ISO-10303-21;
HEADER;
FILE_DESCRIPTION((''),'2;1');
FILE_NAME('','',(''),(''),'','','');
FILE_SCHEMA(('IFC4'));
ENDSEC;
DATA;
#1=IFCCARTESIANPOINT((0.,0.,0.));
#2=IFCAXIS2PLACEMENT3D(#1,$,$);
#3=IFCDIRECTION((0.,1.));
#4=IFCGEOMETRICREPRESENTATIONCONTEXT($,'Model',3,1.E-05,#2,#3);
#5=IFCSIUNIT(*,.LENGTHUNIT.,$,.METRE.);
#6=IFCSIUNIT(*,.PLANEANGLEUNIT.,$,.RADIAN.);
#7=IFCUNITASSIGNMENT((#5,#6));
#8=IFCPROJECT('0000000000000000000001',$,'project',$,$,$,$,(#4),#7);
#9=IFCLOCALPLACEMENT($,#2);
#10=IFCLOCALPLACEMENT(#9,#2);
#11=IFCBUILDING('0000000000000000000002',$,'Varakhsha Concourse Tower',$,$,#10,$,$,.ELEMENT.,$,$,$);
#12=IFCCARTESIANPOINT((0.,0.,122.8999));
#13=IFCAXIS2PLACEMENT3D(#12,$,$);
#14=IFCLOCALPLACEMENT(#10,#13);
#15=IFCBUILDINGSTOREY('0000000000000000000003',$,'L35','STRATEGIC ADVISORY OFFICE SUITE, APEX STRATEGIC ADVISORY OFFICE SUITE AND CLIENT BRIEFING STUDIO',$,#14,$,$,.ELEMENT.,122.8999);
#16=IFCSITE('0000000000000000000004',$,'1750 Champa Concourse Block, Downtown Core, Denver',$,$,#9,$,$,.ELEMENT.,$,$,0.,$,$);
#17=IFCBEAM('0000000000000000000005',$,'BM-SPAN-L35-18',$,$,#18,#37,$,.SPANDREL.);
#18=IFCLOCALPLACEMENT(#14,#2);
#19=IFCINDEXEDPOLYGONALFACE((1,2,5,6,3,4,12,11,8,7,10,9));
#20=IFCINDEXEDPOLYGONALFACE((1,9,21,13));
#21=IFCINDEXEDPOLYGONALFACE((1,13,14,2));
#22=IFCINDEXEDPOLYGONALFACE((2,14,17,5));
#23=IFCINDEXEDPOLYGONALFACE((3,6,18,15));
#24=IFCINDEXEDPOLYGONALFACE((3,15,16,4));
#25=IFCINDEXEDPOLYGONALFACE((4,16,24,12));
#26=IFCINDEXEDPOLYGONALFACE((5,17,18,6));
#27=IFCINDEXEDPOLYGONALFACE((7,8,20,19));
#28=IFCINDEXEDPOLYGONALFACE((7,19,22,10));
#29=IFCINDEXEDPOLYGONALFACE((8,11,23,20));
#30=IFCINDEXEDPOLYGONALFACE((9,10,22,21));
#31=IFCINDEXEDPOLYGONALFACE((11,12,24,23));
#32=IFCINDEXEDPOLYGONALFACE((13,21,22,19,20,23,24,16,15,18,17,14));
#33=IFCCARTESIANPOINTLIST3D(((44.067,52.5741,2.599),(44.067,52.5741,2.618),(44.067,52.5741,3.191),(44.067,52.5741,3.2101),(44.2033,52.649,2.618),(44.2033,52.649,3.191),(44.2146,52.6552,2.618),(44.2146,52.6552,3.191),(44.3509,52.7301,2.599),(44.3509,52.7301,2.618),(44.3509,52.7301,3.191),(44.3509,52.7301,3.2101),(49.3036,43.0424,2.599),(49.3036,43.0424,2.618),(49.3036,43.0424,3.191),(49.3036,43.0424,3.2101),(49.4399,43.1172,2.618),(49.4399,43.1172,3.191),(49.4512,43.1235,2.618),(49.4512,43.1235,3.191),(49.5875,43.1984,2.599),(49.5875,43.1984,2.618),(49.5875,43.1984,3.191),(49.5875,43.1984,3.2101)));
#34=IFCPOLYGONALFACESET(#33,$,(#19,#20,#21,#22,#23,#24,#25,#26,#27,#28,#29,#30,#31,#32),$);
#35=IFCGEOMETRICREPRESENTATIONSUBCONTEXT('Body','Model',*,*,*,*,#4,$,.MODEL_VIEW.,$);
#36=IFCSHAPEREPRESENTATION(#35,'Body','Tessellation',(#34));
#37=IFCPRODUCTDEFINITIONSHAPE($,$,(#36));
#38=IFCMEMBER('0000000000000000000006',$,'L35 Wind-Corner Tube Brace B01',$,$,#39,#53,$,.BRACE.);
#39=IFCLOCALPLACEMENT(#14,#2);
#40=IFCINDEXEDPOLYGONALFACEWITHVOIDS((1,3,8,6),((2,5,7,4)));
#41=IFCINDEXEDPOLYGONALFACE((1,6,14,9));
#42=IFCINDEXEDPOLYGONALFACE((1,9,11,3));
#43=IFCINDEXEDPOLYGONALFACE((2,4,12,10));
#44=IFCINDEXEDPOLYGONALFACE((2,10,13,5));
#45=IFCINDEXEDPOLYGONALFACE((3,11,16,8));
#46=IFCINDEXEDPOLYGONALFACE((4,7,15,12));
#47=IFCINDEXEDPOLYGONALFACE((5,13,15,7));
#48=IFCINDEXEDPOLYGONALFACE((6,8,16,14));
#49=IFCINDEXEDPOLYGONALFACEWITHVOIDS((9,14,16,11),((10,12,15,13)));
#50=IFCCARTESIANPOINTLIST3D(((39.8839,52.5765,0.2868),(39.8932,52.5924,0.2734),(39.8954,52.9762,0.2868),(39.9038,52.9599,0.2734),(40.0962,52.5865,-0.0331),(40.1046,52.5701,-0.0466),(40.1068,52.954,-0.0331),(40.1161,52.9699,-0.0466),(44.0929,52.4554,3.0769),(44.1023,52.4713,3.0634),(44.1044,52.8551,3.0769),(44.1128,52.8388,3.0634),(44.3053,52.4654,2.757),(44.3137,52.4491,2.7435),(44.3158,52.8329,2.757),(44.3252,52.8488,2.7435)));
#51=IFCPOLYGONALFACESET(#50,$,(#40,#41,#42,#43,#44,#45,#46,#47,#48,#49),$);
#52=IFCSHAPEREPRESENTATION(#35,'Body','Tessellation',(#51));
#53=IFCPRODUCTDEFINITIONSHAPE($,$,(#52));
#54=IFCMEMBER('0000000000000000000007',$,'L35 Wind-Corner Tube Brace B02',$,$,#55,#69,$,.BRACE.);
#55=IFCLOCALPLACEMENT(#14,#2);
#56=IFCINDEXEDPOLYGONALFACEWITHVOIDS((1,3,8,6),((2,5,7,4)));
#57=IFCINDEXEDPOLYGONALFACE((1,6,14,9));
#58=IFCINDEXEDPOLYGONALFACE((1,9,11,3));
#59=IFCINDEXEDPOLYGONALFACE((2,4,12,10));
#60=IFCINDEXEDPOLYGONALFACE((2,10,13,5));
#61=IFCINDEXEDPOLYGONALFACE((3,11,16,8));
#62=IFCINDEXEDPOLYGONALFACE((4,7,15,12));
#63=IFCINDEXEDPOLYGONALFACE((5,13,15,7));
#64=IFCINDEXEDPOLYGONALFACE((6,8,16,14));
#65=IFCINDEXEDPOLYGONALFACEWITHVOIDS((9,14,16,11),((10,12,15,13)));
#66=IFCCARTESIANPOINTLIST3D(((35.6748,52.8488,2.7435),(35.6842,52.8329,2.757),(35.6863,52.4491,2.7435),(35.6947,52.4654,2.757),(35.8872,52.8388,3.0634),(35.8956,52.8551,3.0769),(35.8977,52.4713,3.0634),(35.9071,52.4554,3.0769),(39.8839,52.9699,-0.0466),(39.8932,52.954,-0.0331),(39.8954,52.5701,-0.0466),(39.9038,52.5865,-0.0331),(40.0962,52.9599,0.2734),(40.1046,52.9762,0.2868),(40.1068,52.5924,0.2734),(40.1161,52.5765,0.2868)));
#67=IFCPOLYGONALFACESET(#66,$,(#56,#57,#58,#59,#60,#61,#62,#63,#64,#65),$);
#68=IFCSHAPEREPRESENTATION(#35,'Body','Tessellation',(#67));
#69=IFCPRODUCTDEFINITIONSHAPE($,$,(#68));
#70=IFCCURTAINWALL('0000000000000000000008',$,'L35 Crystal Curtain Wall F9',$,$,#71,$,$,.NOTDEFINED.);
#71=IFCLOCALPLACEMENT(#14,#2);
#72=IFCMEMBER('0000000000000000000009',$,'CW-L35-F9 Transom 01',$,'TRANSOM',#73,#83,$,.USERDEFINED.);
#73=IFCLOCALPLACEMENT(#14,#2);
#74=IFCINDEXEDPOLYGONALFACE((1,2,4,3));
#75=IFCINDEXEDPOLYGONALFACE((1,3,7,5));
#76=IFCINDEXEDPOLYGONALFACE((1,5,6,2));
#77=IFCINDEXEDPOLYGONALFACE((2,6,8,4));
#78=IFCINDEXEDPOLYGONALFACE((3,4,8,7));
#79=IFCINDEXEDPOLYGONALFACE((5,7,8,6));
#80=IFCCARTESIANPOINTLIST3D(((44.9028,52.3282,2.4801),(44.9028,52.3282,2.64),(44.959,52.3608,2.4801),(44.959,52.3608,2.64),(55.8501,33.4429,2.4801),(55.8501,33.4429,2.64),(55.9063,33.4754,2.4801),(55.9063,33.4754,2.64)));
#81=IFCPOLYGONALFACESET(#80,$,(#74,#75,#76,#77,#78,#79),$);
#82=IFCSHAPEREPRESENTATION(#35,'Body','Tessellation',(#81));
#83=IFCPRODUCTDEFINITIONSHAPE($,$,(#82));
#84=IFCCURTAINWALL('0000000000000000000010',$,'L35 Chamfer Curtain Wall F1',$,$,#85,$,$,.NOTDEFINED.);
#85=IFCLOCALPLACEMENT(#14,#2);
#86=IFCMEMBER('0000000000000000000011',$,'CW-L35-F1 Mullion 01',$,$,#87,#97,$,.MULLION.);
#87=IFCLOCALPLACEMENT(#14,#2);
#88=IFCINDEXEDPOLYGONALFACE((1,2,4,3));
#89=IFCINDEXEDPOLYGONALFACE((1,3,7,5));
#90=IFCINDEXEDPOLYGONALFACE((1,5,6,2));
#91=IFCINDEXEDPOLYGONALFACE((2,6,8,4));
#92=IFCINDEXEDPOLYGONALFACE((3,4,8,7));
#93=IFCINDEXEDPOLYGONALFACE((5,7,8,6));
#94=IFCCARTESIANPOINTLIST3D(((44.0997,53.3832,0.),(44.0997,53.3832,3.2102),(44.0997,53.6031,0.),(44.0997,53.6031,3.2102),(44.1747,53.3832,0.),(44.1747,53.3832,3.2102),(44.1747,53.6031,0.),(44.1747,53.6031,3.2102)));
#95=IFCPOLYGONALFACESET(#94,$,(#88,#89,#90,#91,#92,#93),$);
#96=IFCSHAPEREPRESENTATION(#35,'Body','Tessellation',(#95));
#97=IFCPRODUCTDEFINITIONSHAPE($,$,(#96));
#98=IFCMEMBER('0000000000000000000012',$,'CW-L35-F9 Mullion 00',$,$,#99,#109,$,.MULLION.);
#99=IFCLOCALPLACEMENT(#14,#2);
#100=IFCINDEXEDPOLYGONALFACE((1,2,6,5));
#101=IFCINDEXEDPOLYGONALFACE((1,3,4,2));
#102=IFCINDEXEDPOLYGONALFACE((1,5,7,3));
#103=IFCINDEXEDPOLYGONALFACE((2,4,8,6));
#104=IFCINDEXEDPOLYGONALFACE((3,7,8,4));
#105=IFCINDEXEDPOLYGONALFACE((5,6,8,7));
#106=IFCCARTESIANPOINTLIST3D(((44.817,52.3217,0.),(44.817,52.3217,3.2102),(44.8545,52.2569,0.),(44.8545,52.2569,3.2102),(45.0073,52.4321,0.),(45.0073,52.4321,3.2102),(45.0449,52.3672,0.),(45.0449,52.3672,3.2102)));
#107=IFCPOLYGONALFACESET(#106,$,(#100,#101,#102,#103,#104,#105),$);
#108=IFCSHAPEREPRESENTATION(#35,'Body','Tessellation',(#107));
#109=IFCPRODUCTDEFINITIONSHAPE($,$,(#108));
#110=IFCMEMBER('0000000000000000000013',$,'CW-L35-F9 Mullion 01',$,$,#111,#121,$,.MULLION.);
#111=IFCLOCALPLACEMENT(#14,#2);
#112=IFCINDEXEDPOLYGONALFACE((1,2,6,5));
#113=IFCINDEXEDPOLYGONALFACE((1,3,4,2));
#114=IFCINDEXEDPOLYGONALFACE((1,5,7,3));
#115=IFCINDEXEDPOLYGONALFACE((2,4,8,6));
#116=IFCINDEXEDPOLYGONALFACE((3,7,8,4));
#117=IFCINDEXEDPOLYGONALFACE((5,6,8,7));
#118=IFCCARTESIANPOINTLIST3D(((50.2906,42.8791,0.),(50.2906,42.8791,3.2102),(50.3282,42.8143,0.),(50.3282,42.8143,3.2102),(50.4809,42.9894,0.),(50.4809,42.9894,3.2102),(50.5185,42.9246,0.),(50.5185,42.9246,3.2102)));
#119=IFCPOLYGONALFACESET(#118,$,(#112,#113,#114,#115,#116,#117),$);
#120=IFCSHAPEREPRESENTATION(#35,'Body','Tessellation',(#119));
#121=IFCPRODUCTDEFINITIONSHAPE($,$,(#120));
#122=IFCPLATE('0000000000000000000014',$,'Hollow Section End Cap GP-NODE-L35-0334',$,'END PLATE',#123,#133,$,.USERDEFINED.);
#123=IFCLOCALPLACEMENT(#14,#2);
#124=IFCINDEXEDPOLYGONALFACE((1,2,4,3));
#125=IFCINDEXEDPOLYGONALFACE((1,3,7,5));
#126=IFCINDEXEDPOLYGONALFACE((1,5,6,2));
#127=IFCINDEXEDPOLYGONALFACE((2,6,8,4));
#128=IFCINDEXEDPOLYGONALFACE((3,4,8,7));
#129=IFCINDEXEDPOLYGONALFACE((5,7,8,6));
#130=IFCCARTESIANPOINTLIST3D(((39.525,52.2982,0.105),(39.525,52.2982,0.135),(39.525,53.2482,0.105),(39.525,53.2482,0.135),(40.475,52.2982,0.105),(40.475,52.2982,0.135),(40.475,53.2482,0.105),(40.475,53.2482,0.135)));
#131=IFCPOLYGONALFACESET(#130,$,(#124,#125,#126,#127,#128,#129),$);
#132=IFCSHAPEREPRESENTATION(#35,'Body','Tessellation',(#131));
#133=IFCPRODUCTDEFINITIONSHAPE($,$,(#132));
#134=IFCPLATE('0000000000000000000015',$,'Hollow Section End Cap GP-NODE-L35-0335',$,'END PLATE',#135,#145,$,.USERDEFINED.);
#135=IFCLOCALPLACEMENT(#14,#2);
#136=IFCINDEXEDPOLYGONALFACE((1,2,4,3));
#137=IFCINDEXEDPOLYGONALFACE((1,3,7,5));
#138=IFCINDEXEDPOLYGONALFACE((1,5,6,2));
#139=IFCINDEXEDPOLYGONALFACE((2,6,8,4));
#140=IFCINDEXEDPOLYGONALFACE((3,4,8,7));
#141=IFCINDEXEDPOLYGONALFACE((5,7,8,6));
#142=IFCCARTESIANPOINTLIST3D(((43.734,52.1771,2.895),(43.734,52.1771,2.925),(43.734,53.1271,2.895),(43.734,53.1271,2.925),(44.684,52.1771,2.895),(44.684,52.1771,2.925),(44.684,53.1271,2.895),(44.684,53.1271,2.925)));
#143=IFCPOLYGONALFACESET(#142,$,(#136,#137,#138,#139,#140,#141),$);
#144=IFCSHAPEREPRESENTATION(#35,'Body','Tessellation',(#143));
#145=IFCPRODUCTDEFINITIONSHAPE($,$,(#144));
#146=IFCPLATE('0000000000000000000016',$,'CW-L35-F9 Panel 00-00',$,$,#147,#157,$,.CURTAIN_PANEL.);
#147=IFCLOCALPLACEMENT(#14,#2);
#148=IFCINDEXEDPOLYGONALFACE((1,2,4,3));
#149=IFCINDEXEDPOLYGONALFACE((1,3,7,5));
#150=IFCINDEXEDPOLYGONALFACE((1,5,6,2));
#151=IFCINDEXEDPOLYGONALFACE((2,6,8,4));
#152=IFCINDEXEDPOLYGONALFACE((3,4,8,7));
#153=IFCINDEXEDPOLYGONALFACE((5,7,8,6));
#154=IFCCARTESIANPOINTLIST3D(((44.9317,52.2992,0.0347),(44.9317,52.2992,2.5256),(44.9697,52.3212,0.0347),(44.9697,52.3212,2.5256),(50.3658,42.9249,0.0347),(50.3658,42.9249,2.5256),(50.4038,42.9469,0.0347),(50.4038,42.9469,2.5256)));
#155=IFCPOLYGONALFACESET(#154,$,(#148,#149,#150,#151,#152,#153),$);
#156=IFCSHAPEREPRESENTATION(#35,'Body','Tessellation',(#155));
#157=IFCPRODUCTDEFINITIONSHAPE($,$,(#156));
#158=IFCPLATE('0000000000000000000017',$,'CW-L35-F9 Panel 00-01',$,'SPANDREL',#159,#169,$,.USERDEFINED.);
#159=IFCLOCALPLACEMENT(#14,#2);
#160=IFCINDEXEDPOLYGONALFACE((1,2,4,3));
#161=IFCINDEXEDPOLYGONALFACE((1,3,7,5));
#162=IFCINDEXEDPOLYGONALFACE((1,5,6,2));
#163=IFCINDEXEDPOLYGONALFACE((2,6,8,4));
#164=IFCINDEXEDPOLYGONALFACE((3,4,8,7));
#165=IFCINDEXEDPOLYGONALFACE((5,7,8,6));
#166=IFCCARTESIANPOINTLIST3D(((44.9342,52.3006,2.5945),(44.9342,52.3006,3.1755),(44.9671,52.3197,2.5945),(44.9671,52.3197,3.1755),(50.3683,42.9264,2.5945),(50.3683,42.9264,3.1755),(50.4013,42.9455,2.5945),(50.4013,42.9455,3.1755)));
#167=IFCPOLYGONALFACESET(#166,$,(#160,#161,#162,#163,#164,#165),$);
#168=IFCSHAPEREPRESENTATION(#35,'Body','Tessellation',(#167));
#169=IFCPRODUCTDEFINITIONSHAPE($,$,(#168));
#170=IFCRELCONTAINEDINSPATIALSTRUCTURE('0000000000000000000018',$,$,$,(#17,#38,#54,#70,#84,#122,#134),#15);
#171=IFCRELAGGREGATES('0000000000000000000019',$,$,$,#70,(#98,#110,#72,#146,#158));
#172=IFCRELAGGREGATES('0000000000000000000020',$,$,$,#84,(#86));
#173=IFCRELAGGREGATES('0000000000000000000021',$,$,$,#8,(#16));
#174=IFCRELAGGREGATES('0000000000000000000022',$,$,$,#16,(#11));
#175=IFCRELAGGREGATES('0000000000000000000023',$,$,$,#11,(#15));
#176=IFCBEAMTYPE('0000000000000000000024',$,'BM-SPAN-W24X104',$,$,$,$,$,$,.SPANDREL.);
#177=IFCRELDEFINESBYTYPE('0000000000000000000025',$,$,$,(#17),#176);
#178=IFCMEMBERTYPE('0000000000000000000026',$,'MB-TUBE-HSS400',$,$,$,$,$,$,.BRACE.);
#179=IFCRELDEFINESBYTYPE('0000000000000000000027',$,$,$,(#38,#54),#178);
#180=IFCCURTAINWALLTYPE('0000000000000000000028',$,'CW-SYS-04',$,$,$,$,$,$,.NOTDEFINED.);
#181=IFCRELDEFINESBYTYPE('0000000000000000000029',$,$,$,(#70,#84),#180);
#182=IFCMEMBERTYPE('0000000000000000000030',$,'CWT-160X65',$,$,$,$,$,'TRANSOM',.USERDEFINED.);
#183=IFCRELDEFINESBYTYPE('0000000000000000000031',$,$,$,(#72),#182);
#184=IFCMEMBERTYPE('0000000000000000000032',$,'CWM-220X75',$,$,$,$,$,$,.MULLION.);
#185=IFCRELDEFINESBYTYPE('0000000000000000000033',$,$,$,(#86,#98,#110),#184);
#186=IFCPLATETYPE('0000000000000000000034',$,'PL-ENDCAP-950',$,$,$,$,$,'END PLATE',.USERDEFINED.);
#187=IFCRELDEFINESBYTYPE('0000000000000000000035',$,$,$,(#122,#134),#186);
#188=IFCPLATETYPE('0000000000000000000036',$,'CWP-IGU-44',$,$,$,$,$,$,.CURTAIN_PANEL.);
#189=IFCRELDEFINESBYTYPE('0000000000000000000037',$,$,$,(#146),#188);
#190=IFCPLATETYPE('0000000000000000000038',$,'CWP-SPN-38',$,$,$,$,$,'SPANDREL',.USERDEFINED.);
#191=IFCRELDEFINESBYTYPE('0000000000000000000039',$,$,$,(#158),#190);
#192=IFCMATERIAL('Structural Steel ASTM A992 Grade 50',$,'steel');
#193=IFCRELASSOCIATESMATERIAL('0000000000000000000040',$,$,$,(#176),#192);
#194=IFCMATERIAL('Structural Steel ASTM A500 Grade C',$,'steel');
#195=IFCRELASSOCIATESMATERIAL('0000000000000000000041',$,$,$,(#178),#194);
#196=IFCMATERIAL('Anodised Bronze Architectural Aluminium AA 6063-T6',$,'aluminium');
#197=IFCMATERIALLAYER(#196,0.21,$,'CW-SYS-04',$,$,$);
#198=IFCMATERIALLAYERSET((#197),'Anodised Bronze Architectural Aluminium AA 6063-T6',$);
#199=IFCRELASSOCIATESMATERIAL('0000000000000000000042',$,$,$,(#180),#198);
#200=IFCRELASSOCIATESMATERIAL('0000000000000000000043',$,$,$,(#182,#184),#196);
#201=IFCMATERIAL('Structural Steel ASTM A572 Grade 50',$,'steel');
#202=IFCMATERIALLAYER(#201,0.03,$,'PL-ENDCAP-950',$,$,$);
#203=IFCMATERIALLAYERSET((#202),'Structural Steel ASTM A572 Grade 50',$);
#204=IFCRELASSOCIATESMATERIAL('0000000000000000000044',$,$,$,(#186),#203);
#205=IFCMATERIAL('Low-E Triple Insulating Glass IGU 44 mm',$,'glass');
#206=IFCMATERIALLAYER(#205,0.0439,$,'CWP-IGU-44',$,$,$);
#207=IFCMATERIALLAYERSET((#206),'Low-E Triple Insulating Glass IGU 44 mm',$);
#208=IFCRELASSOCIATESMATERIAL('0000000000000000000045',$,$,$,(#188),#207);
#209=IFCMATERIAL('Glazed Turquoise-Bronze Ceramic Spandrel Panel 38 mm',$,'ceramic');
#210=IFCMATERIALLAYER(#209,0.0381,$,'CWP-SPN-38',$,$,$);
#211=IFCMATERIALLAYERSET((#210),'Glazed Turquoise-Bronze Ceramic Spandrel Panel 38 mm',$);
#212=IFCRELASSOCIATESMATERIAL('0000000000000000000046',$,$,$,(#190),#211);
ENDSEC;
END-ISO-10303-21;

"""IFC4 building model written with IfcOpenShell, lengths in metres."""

from ifc_helpers import new_model, si_unit, direction, frame, origin, origin_2d, place, context, subcontext, project, spatial, rectangle, hollow_rectangle, i_section, extrude, source, transform, mapped, material, layer, layer_set, material_profile, profile_set, type_object, type_shapes, element, aggregate, save


model = new_model("IFC4")

# Units and contexts
model_context = context("Model", 3, precision=1e-05, world=origin(), true_north=direction((0.0, 1.0)))
body_context = subcontext(model_context, "Body", "Model", "MODEL_VIEW")
ifc_project = project(units=[si_unit("LENGTHUNIT", "METRE"), si_unit("PLANEANGLEUNIT", "RADIAN")], contexts=[model_context])

# Site, building, storey
site_placement = place(None, origin())
site = spatial("IfcSite", under=ifc_project, at=site_placement, Name="1750 Champa Concourse Block, Downtown Core, Denver", CompositionType="ELEMENT", RefElevation=0.0)
building_placement = place(site_placement, origin())
building = spatial("IfcBuilding", under=site, at=building_placement, Name="Varakhsha Concourse Tower", CompositionType="ELEMENT")
storey_placement = place(building_placement, frame((0.0, 0.0, 122.8999)))
storey = spatial("IfcBuildingStorey", under=building, at=storey_placement, Name="L35", Description="STRATEGIC ADVISORY OFFICE SUITE, APEX STRATEGIC ADVISORY OFFICE SUITE AND CLIENT BRIEFING STUDIO", CompositionType="ELEMENT", Elevation=122.8999)

# Shared definitions
ifc_material_1 = material(Name="Structural Steel ASTM A992 Grade 50", Category="steel")
ifc_material_2 = material(Name="Structural Steel ASTM A572 Grade 50", Category="steel")

# Beam
ifc_material_profile_1 = material_profile(ifc_material_1, i_section(OverallWidth=0.324, OverallDepth=0.6111, WebThickness=0.0129, FlangeThickness=0.019, at=origin_2d()), Name="W24X104")
ifc_profile_set_1 = profile_set([ifc_material_profile_1], Name="Structural Steel ASTM A992 Grade 50")
beam_type_1 = type_object("IfcBeamType", Name="BM-SPAN-W24X104", PredefinedType="SPANDREL", material=ifc_profile_set_1)
beam_1_placement = place(storey_placement, frame((49.4456, 43.1204, 2.9045), z_axis=(-0.481503, 0.876444, 0.0), x_axis=(-0.876444, -0.481503, 0.0)))
element("IfcBeam", 1, at=beam_1_placement, inside=storey, type_object=beam_type_1, Name="BM-SPAN-L35-18", PredefinedType="SPANDREL", context=body_context, shape_type="SweptSolid", body=[
    extrude(i_section(OverallWidth=0.324, OverallDepth=0.6111, WebThickness=0.0129, FlangeThickness=0.019, at=origin_2d()), origin(), (0.0, 0.0, 1.0), 10.8755),
])

# Members
ifc_material_3 = material(Name="Structural Steel ASTM A500 Grade C", Category="steel")
ifc_material_profile_2 = material_profile(ifc_material_3, hollow_rectangle(XDim=0.3999, YDim=0.3999, WallThickness=0.0161, at=origin_2d()), Name="HSS 400x400x16")
ifc_profile_set_2 = profile_set([ifc_material_profile_2], Name="Structural Steel ASTM A500 Grade C")
member_type_1 = type_object("IfcMemberType", Name="MB-TUBE-HSS400", PredefinedType="BRACE", material=ifc_profile_set_2)
shared_shape_1 = source(origin(), body_context, "Body", "SweptSolid", [
    extrude(hollow_rectangle(XDim=0.3999, YDim=0.3999, WallThickness=0.0161, at=origin_2d()), origin(), (0.0, 0.0, 1.0), 5.0513),
])
type_shapes(member_type_1, [shared_shape_1])
for number, where, z_axis, x_axis, name in (
    (2, (40.0, 52.7732, 0.1201), (0.833266, -0.023973, 0.552353), (0.028758, 0.999586, 0.0), "L35 Wind-Corner Tube Brace B01"),
    (3, (40.0, 52.7732, 0.1201), (-0.833266, -0.023973, 0.552353), (0.028758, -0.999586, 0.0), "L35 Wind-Corner Tube Brace B02"),
):
    element("IfcMember", number, at=place(storey_placement, frame(where, z_axis=z_axis, x_axis=x_axis)), inside=storey, type_object=member_type_1, Name=name, PredefinedType="BRACE", context=body_context, shape_type="MappedRepresentation", body=[
        mapped(shared_shape_1, transform((0.0, 0.0, 0.0), scale=1.0)),
    ])

# Curtain walls, members
ifc_material_4 = material(Name="Anodised Bronze Architectural Aluminium AA 6063-T6", Category="aluminium")
ifc_layer_1 = layer(ifc_material_4, 0.21, Name="CW-SYS-04")
ifc_layer_set_1 = layer_set([ifc_layer_1], Name="Anodised Bronze Architectural Aluminium AA 6063-T6")
curtain_wall_type = type_object("IfcCurtainWallType", Name="CW-SYS-04", PredefinedType="NOTDEFINED", material=ifc_layer_set_1)
curtain_wall_1_placement = place(storey_placement, origin())
curtain_wall_1 = element("IfcCurtainWall", 4, at=curtain_wall_1_placement, inside=storey, type_object=curtain_wall_type, Name="L35 Crystal Curtain Wall F9", PredefinedType="NOTDEFINED")
ifc_material_profile_3 = material_profile(ifc_material_4, rectangle(XDim=0.0649, YDim=0.1599, at=origin_2d()), Name="CWT-160X65")
ifc_profile_set_3 = profile_set([ifc_material_profile_3], Name="Anodised Bronze Architectural Aluminium AA 6063-T6")
member_type_2 = type_object("IfcMemberType", Name="CWT-160X65", ElementType="TRANSOM", PredefinedType="USERDEFINED", material=ifc_profile_set_3)
shared_shape_2 = source(origin(), body_context, "Body", "SweptSolid", [
    extrude(rectangle(XDim=0.0649, YDim=0.1599, at=origin_2d()), origin(), (0.0, 0.0, 1.0), 21.8289),
])
type_shapes(member_type_2, [shared_shape_2])
member_1_placement = place(storey_placement, frame((44.9309, 52.3445, 2.5601), z_axis=(0.501506, -0.865154, 0.0), x_axis=(0.865154, 0.501506, 0.0)))
member_1 = element("IfcMember", 5, at=member_1_placement, type_object=member_type_2, Name="CW-L35-F9 Transom 01", ObjectType="TRANSOM", PredefinedType="USERDEFINED", context=body_context, shape_type="MappedRepresentation", body=[
    mapped(shared_shape_2, transform((0.0, 0.0, 0.0), scale=1.0)),
])
curtain_wall_2_placement = place(storey_placement, origin())
curtain_wall_2 = element("IfcCurtainWall", 6, at=curtain_wall_2_placement, inside=storey, type_object=curtain_wall_type, Name="L35 Chamfer Curtain Wall F1", PredefinedType="NOTDEFINED")
ifc_material_profile_4 = material_profile(ifc_material_4, rectangle(XDim=0.075, YDim=0.22, at=origin_2d()), Name="CWM-220X75")
ifc_profile_set_4 = profile_set([ifc_material_profile_4], Name="Anodised Bronze Architectural Aluminium AA 6063-T6")
member_type_3 = type_object("IfcMemberType", Name="CWM-220X75", PredefinedType="MULLION", material=ifc_profile_set_4)
shared_shape_3 = source(origin(), body_context, "Body", "SweptSolid", [
    extrude(rectangle(XDim=0.075, YDim=0.22, at=origin_2d()), origin(), (0.0, 0.0, 1.0), 3.2102),
])
type_shapes(member_type_3, [shared_shape_3])
member_2_placement = place(storey_placement, frame((44.1372, 53.4932, 0.0), z_axis=(0.0, 0.0, 1.0), x_axis=(1.0, 0.0, 0.0)))
member_2 = element("IfcMember", 7, at=member_2_placement, type_object=member_type_3, Name="CW-L35-F1 Mullion 01", PredefinedType="MULLION", context=body_context, shape_type="MappedRepresentation", body=[
    mapped(shared_shape_3, transform((0.0, 0.0, 0.0), scale=1.0)),
])

# Members
member_3_placement = place(storey_placement, frame((44.9309, 52.3445, 0.0), z_axis=(0.0, 0.0, 1.0), x_axis=(0.501514, -0.86515, 0.0)))
member_3 = element("IfcMember", 8, at=member_3_placement, type_object=member_type_3, Name="CW-L35-F9 Mullion 00", PredefinedType="MULLION", context=body_context, shape_type="MappedRepresentation", body=[
    mapped(shared_shape_3, transform((0.0, 0.0, 0.0), scale=1.0)),
])
member_4_placement = place(storey_placement, frame((50.4045, 42.9019, 0.0), z_axis=(0.0, 0.0, 1.0), x_axis=(0.501514, -0.86515, 0.0)))
member_4 = element("IfcMember", 9, at=member_4_placement, type_object=member_type_3, Name="CW-L35-F9 Mullion 01", PredefinedType="MULLION", context=body_context, shape_type="MappedRepresentation", body=[
    mapped(shared_shape_3, transform((0.0, 0.0, 0.0), scale=1.0)),
])

# Plates
ifc_layer_2 = layer(ifc_material_2, 0.03, Name="PL-ENDCAP-950")
ifc_layer_set_2 = layer_set([ifc_layer_2], Name="Structural Steel ASTM A572 Grade 50")
plate_type_1 = type_object("IfcPlateType", Name="PL-ENDCAP-950", ElementType="END PLATE", PredefinedType="USERDEFINED", material=ifc_layer_set_2)
shared_shape_4 = source(origin(), body_context, "Body", "SweptSolid", [
    extrude(rectangle(XDim=0.95, YDim=0.95, at=origin_2d()), origin(), (0.0, 0.0, 1.0), 0.03),
])
type_shapes(plate_type_1, [shared_shape_4])
for number, where, z_axis, x_axis, name in (
    (10, (40.0, 52.7732, 0.105), (0.0, 0.0, 1.0), (1.0, 0.0, 0.0), "Hollow Section End Cap GP-NODE-L35-0334"),
    (11, (44.209, 52.6521, 2.895), (0.0, 0.0, 1.0), (1.0, 0.0, 0.0), "Hollow Section End Cap GP-NODE-L35-0335"),
):
    element("IfcPlate", number, at=place(storey_placement, frame(where, z_axis=z_axis, x_axis=x_axis)), inside=storey, type_object=plate_type_1, Name=name, ObjectType="END PLATE", PredefinedType="USERDEFINED", context=body_context, shape_type="MappedRepresentation", body=[
        mapped(shared_shape_4, transform((0.0, 0.0, 0.0), scale=1.0)),
    ])

# Plates
ifc_material_5 = material(Name="Low-E Triple Insulating Glass IGU 44 mm", Category="glass")
ifc_layer_3 = layer(ifc_material_5, 0.0439, Name="CWP-IGU-44")
ifc_layer_set_3 = layer_set([ifc_layer_3], Name="Low-E Triple Insulating Glass IGU 44 mm")
plate_type_2 = type_object("IfcPlateType", Name="CWP-IGU-44", PredefinedType="CURTAIN_PANEL", material=ifc_layer_set_3)
shared_shape_5 = source(origin(), body_context, "Body", "SweptSolid", [
    extrude(rectangle(XDim=10.8354, YDim=0.0439, at=origin_2d()), origin(), (0.0, 0.0, 1.0), 2.491),
])
type_shapes(plate_type_2, [shared_shape_5])
plate_1_placement = place(storey_placement, frame((47.6677, 47.623, 0.0347), z_axis=(0.0, 0.0, 1.0), x_axis=(0.501514, -0.86515, 0.0)))
plate_1 = element("IfcPlate", 12, at=plate_1_placement, type_object=plate_type_2, Name="CW-L35-F9 Panel 00-00", PredefinedType="CURTAIN_PANEL", context=body_context, shape_type="MappedRepresentation", body=[
    mapped(shared_shape_5, transform((0.0, 0.0, 0.0), scale=1.0)),
])
ifc_material_6 = material(Name="Glazed Turquoise-Bronze Ceramic Spandrel Panel 38 mm", Category="ceramic")
ifc_layer_4 = layer(ifc_material_6, 0.0381, Name="CWP-SPN-38")
ifc_layer_set_4 = layer_set([ifc_layer_4], Name="Glazed Turquoise-Bronze Ceramic Spandrel Panel 38 mm")
plate_type_3 = type_object("IfcPlateType", Name="CWP-SPN-38", ElementType="SPANDREL", PredefinedType="USERDEFINED", material=ifc_layer_set_4)
shared_shape_6 = source(origin(), body_context, "Body", "SweptSolid", [
    extrude(rectangle(XDim=10.8354, YDim=0.0381, at=origin_2d()), origin(), (0.0, 0.0, 1.0), 0.5811),
])
plate_2_placement = place(storey_placement, frame((47.6677, 47.623, 2.5945), z_axis=(0.0, 0.0, 1.0), x_axis=(0.501514, -0.86515, 0.0)))
plate_2 = element("IfcPlate", 13, at=plate_2_placement, type_object=plate_type_3, Name="CW-L35-F9 Panel 00-01", ObjectType="SPANDREL", PredefinedType="USERDEFINED", context=body_context, shape_type="MappedRepresentation", body=[
    mapped(shared_shape_6, transform((0.0, 0.0, 0.0), scale=1.0)),
])
aggregate(curtain_wall_1, [member_3, member_4, member_1, plate_1, plate_2])
aggregate(curtain_wall_2, [member_2])

save(model, "model.ifc")
